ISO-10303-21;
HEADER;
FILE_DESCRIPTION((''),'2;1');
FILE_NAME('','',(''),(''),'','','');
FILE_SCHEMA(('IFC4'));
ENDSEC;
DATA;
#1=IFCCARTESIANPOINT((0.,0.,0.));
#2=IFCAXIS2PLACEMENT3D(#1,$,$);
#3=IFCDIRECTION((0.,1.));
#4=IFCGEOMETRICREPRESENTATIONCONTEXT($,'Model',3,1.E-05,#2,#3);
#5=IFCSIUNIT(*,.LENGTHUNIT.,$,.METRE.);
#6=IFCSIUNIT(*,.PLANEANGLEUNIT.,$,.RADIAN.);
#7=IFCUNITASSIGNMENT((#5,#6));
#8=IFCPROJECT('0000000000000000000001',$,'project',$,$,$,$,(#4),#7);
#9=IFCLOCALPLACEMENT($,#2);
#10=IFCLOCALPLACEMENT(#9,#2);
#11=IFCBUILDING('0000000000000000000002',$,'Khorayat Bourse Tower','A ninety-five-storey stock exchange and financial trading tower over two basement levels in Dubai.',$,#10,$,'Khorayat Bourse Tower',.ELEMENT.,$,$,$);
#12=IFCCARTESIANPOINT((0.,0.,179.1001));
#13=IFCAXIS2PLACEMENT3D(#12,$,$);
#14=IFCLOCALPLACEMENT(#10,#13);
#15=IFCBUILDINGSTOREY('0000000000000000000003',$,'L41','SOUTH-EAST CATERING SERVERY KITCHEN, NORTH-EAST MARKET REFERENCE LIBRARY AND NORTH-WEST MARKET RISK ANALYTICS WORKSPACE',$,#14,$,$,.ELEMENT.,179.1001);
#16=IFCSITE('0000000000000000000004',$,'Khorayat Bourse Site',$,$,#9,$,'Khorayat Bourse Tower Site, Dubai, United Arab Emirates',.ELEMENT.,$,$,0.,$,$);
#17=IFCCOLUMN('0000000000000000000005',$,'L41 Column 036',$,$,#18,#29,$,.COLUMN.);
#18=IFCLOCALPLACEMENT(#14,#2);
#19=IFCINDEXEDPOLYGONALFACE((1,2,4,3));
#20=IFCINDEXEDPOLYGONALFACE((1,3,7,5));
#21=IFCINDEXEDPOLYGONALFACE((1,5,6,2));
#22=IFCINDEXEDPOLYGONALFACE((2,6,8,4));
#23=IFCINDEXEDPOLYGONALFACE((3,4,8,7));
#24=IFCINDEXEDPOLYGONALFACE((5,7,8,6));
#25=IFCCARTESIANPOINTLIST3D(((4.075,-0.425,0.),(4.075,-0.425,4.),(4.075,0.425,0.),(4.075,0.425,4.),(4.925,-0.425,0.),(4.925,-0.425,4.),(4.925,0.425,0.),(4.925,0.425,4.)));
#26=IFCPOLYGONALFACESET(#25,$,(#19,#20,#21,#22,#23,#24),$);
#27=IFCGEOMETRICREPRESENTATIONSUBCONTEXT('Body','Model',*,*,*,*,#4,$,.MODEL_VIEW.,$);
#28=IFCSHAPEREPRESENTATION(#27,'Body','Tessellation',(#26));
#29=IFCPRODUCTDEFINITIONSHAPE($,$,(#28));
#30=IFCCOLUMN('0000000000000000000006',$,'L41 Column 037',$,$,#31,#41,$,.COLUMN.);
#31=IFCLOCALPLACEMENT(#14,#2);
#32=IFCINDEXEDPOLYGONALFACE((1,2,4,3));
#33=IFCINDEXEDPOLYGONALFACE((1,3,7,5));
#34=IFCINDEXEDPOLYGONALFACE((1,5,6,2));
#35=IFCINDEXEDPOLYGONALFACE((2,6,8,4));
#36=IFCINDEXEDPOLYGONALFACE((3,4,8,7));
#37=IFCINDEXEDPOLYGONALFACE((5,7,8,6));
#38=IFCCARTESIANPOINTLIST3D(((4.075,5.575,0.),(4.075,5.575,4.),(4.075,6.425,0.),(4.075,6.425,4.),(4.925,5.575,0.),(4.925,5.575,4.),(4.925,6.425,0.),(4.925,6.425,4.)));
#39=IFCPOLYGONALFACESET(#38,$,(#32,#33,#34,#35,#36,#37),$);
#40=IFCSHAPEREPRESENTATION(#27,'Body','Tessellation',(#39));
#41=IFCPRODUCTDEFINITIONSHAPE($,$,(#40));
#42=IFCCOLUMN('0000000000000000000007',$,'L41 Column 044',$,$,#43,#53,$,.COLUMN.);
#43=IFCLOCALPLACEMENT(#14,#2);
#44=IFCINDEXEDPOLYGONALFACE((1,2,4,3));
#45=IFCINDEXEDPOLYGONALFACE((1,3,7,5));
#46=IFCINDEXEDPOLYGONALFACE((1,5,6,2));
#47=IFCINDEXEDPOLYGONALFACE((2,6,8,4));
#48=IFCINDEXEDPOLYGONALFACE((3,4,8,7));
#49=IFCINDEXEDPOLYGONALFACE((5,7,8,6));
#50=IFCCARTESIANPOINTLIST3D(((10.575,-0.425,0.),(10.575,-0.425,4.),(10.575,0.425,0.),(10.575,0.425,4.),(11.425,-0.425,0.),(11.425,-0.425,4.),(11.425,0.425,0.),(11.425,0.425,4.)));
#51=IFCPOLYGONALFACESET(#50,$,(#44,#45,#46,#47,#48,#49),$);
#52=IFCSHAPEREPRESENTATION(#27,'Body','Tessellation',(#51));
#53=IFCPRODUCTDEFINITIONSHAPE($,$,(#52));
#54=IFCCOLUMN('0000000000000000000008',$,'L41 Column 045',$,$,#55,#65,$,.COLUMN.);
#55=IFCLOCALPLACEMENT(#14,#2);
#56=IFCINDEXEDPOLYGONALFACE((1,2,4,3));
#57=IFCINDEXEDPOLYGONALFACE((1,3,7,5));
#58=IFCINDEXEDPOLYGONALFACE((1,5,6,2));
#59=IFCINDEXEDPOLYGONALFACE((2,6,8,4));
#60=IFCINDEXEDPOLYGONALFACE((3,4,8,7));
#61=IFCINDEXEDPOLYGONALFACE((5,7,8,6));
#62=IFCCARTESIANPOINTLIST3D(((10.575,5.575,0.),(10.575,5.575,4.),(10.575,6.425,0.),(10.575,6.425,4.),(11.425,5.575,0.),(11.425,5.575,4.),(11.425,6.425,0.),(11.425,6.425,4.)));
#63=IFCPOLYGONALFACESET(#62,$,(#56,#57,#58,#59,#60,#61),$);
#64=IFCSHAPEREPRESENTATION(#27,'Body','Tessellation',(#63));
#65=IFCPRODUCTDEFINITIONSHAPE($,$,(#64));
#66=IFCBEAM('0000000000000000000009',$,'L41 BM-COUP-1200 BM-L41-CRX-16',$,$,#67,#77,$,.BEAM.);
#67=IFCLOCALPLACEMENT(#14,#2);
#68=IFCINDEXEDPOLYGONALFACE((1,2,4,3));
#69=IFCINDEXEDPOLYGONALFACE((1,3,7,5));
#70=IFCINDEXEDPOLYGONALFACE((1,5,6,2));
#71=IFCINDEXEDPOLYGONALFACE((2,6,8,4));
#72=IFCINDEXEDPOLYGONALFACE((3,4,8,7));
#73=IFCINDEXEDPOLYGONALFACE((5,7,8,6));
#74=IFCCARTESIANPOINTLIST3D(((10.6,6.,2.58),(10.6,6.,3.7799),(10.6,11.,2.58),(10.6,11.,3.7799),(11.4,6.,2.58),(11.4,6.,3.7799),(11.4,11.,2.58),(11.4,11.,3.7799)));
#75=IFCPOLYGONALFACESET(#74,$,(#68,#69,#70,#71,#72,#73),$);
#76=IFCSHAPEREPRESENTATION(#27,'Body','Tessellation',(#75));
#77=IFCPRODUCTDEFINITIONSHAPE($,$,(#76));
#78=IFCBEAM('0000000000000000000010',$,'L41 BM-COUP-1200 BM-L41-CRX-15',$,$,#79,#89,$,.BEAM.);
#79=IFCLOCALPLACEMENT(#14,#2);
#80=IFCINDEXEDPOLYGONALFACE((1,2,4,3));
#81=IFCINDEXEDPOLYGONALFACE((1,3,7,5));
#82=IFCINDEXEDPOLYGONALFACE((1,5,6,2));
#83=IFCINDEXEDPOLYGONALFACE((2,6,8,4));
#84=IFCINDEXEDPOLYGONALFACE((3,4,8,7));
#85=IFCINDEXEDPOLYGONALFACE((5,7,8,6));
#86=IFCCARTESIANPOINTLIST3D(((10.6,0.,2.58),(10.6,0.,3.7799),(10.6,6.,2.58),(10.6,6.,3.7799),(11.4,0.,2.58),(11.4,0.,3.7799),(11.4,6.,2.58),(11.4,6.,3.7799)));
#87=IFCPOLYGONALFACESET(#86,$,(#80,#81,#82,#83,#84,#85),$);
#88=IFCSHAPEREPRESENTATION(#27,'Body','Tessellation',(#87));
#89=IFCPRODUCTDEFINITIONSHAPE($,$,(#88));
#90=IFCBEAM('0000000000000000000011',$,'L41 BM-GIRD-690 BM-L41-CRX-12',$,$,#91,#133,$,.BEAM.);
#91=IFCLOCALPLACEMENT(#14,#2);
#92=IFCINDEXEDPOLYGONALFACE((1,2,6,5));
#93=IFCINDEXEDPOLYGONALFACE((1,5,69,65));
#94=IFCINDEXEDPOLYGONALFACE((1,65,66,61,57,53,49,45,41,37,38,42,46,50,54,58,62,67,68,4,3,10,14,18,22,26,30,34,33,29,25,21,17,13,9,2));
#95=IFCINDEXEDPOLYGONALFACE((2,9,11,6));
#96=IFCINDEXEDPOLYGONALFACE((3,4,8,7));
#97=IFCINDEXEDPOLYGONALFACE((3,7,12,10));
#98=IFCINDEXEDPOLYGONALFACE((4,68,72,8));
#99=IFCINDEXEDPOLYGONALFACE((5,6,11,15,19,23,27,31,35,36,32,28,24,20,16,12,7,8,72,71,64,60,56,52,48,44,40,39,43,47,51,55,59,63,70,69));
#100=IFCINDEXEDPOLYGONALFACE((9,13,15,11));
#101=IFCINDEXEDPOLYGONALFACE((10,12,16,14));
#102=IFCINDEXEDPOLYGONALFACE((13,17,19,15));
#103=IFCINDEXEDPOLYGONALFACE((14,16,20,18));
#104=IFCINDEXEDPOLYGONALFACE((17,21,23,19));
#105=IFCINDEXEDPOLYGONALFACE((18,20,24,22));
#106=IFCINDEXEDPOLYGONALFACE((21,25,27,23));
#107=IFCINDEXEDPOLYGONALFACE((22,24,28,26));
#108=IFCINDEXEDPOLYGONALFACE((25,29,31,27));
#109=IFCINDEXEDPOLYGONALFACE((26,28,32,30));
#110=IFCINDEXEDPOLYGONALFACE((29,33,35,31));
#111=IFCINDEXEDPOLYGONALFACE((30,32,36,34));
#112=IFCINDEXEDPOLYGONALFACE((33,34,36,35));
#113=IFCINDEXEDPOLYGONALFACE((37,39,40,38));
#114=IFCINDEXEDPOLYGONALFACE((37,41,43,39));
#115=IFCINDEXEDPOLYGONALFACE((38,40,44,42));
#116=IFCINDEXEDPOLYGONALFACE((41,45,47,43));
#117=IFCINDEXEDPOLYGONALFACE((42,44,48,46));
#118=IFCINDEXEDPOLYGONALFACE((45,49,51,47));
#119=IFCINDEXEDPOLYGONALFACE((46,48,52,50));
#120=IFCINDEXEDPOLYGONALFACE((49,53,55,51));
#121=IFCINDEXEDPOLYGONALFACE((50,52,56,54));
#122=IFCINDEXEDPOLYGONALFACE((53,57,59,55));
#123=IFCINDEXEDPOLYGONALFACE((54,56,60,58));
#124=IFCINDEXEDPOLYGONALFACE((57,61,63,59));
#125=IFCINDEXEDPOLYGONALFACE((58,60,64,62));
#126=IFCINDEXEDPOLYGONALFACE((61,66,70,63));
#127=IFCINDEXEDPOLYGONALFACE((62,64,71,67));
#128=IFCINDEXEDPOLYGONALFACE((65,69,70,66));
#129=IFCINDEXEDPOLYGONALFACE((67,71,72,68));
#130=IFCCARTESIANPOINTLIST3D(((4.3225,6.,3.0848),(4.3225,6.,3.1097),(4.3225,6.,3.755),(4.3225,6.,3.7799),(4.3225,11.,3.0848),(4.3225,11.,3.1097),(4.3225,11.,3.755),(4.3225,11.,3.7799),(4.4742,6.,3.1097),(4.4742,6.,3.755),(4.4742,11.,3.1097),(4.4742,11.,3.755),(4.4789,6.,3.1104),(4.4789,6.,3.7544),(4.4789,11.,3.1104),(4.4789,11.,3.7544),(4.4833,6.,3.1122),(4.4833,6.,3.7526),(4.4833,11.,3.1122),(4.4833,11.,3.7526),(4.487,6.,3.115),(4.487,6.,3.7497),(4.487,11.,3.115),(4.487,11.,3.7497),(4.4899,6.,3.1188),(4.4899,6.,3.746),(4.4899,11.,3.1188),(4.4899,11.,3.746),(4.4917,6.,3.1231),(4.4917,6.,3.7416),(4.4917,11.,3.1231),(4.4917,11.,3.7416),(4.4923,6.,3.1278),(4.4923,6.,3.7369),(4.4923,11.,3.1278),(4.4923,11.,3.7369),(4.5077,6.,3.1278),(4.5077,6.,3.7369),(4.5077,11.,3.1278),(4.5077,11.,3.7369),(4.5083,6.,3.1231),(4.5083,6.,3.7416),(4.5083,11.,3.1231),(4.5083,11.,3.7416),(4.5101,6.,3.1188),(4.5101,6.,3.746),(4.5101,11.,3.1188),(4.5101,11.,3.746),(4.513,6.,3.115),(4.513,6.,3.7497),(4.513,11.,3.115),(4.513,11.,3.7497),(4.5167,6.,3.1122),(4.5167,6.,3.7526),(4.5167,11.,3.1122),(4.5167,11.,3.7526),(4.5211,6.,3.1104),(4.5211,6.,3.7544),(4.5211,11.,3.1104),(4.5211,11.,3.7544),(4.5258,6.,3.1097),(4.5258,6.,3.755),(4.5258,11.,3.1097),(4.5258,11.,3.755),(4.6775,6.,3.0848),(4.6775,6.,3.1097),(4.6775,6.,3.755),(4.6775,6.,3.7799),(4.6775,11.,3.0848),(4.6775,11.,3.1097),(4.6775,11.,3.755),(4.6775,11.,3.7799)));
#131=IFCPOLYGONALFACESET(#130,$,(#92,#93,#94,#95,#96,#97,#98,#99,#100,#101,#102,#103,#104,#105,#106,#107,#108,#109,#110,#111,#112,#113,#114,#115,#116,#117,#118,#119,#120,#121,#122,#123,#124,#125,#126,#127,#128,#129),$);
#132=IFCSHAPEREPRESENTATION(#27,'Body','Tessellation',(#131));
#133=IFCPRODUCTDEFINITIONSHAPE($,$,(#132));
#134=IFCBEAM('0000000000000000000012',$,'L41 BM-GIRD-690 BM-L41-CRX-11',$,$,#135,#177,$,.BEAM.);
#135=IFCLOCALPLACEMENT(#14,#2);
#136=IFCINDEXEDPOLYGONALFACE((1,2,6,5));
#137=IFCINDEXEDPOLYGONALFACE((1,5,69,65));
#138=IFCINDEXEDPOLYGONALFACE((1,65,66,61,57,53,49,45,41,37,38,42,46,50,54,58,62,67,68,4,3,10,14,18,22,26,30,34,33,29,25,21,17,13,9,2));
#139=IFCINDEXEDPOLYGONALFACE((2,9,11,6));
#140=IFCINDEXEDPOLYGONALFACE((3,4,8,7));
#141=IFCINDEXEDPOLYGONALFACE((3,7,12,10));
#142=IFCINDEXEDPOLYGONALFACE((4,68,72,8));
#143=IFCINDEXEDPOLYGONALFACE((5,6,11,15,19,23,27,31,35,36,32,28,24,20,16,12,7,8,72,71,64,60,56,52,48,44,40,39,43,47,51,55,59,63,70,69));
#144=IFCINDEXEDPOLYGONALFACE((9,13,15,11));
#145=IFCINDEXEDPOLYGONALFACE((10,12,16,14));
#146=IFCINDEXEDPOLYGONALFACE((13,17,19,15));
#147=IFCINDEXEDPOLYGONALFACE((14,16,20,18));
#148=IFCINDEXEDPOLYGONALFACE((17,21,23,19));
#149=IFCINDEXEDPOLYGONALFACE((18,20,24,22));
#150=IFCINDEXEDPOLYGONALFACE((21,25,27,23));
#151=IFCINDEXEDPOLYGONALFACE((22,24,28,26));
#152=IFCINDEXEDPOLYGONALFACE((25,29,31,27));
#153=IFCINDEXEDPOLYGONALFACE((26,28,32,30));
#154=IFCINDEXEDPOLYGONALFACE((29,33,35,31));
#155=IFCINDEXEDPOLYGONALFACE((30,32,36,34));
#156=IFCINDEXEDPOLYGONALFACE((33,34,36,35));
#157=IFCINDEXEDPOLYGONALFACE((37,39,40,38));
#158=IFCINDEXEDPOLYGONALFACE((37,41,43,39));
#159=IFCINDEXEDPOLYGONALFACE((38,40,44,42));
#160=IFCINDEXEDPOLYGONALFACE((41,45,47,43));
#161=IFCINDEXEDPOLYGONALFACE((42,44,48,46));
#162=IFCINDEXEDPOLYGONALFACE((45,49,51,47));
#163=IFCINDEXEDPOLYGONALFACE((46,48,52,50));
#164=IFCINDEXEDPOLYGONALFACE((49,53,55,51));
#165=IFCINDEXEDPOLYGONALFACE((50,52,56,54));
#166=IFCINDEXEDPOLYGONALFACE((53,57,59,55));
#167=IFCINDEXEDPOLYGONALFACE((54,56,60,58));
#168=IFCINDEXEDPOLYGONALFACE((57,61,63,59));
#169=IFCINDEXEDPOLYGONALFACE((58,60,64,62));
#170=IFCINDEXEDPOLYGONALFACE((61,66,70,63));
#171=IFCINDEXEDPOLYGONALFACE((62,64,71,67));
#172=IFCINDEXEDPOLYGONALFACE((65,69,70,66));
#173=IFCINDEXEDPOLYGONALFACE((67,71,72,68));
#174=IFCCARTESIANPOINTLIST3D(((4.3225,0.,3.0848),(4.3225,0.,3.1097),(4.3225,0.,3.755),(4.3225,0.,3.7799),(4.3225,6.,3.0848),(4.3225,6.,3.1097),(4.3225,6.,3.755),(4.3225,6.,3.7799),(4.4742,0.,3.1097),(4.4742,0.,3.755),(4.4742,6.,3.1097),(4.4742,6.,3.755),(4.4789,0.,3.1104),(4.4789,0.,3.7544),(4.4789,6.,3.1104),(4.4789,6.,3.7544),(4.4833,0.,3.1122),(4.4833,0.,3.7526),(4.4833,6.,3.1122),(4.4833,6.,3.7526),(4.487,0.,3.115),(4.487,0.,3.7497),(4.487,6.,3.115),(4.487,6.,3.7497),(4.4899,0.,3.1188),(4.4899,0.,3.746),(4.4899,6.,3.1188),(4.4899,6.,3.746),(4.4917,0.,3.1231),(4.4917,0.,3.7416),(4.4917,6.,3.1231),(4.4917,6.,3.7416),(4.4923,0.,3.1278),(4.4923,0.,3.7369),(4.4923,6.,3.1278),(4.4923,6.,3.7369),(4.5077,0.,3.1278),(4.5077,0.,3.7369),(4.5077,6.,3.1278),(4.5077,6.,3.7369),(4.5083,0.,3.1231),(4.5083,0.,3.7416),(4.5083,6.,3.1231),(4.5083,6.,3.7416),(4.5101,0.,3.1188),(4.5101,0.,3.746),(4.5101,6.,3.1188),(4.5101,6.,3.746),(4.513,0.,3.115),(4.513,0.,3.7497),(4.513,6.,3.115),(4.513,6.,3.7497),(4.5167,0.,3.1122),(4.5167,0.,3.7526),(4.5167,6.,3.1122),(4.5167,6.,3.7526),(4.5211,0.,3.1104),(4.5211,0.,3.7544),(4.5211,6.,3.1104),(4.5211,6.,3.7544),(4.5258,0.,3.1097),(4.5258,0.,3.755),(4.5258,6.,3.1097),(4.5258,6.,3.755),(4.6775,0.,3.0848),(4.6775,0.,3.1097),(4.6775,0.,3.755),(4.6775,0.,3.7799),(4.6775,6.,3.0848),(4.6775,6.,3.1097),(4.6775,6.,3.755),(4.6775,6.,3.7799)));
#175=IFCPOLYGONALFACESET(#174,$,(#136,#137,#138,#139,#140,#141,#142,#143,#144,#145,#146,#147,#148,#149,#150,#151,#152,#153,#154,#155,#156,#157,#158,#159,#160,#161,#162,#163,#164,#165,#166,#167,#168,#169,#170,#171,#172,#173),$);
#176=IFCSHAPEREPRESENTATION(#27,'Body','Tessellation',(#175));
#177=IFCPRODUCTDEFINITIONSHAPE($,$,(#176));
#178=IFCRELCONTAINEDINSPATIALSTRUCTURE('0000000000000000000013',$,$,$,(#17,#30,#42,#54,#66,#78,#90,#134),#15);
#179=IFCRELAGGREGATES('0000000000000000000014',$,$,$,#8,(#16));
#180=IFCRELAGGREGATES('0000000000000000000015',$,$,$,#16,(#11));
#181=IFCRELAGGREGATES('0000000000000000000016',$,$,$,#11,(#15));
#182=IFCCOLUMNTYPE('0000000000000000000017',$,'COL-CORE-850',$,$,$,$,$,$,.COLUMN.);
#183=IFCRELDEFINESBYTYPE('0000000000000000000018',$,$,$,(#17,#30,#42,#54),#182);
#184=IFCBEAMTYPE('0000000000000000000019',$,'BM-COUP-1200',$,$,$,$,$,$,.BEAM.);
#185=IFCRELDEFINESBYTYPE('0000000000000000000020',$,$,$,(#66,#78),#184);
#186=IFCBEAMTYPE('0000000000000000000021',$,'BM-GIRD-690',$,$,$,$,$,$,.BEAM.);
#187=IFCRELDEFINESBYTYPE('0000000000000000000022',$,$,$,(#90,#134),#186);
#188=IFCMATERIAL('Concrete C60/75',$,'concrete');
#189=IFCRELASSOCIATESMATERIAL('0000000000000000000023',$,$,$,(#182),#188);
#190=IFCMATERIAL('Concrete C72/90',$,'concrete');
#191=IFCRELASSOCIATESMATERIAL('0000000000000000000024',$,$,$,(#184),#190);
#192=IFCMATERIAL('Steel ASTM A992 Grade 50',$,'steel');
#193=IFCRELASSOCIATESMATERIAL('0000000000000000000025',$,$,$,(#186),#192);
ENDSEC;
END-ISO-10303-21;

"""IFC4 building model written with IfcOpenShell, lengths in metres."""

from ifc_helpers import new_model, si_unit, direction, frame, origin, origin_2d, place, context, subcontext, project, spatial, rectangle, i_section, extrude, source, transform, mapped, material, material_profile, profile_set, type_object, element, save


model = new_model("IFC4")

# Units and contexts
model_context = context("Model", 3, precision=1e-05, world=origin(), true_north=direction((0.0, 1.0)))
body_context = subcontext(model_context, "Body", "Model", "MODEL_VIEW")
ifc_project = project(units=[si_unit("LENGTHUNIT", "METRE"), si_unit("PLANEANGLEUNIT", "RADIAN")], contexts=[model_context])

# Site, building, storey
site_placement = place(None, origin())
site = spatial("IfcSite", under=ifc_project, at=site_placement, Name="Khorayat Bourse Site", LongName="Khorayat Bourse Tower Site, Dubai, United Arab Emirates", CompositionType="ELEMENT", RefElevation=0.0)
building_placement = place(site_placement, origin())
building = spatial("IfcBuilding", under=site, at=building_placement, Name="Khorayat Bourse Tower", Description="A ninety-five-storey stock exchange and financial trading tower over two basement levels in Dubai.", LongName="Khorayat Bourse Tower", CompositionType="ELEMENT")
storey_placement = place(building_placement, frame((0.0, 0.0, 179.1001)))
storey = spatial("IfcBuildingStorey", under=building, at=storey_placement, Name="L41", Description="SOUTH-EAST CATERING SERVERY KITCHEN, NORTH-EAST MARKET REFERENCE LIBRARY AND NORTH-WEST MARKET RISK ANALYTICS WORKSPACE", CompositionType="ELEMENT", Elevation=179.1001)

# Columns
ifc_material_1 = material(Name="Concrete C60/75", Category="concrete")
ifc_material_profile_1 = material_profile(ifc_material_1, rectangle(XDim=0.8501, YDim=0.8501, at=origin_2d()), Name="RC 850x850")
ifc_profile_set_1 = profile_set([ifc_material_profile_1], Name="Concrete C60/75")
column_type = type_object("IfcColumnType", Name="COL-CORE-850", PredefinedType="COLUMN", material=ifc_profile_set_1)
shared_shape_1 = source(origin(), body_context, "Body", "SweptSolid", [
    extrude(rectangle(XDim=0.8501, YDim=0.8501, at=origin_2d()), origin(), (0.0, 0.0, 1.0), 4.0),
])
for number, where, z_axis, x_axis, name in (
    (1, (4.5, 0.0, 0.0), (0.0, 0.0, 1.0), (1.0, 0.0, 0.0), "L41 Column 036"),
    (2, (4.5, 6.0, 0.0), (0.0, 0.0, 1.0), (1.0, 0.0, 0.0), "L41 Column 037"),
    (3, (11.0, 0.0, 0.0), (0.0, 0.0, 1.0), (1.0, 0.0, 0.0), "L41 Column 044"),
    (4, (11.0, 6.0, 0.0), (0.0, 0.0, 1.0), (1.0, 0.0, 0.0), "L41 Column 045"),
):
    element("IfcColumn", number, at=place(storey_placement, frame(where, z_axis=z_axis, x_axis=x_axis)), inside=storey, type_object=column_type, Name=name, PredefinedType="COLUMN", context=body_context, shape_type="MappedRepresentation", body=[
        mapped(shared_shape_1, transform((0.0, 0.0, 0.0), scale=1.0)),
    ])

# Beams
ifc_material_2 = material(Name="Concrete C72/90", Category="concrete")
ifc_material_profile_2 = material_profile(ifc_material_2, rectangle(XDim=0.8, YDim=1.2, at=origin_2d()), Name="RC 800x1200")
ifc_profile_set_2 = profile_set([ifc_material_profile_2], Name="Concrete C72/90")
beam_type_1 = type_object("IfcBeamType", Name="BM-COUP-1200", PredefinedType="BEAM", material=ifc_profile_set_2)
shared_shape_2 = source(origin(), body_context, "Body", "SweptSolid", [
    extrude(rectangle(XDim=0.8, YDim=1.2, at=origin_2d()), origin(), (0.0, 0.0, 1.0), 5.0),
])
beam_1_placement = place(storey_placement, frame((11.0, 6.0, 3.1799), z_axis=(0.0, 1.0, 0.0), x_axis=(-1.0, 0.0, 0.0)))
element("IfcBeam", 5, at=beam_1_placement, inside=storey, type_object=beam_type_1, Name="L41 BM-COUP-1200 BM-L41-CRX-16", PredefinedType="BEAM", context=body_context, shape_type="MappedRepresentation", body=[
    mapped(shared_shape_2, transform((0.0, 0.0, 0.0), scale=1.0)),
])
shared_shape_3 = source(origin(), body_context, "Body", "SweptSolid", [
    extrude(rectangle(XDim=0.8, YDim=1.2, at=origin_2d()), origin(), (0.0, 0.0, 1.0), 6.0),
])
beam_2_placement = place(storey_placement, frame((11.0, 0.0, 3.1799), z_axis=(0.0, 1.0, 0.0), x_axis=(-1.0, 0.0, 0.0)))
element("IfcBeam", 6, at=beam_2_placement, inside=storey, type_object=beam_type_1, Name="L41 BM-COUP-1200 BM-L41-CRX-15", PredefinedType="BEAM", context=body_context, shape_type="MappedRepresentation", body=[
    mapped(shared_shape_3, transform((0.0, 0.0, 0.0), scale=1.0)),
])
ifc_material_3 = material(Name="Steel ASTM A992 Grade 50", Category="steel")
ifc_material_profile_3 = material_profile(ifc_material_3, i_section(OverallWidth=0.355, OverallDepth=0.6951, WebThickness=0.0154, FlangeThickness=0.0249, FilletRadius=0.0181, at=origin_2d()), Name="W690X217")
ifc_profile_set_3 = profile_set([ifc_material_profile_3], Name="Steel ASTM A992 Grade 50")
beam_type_2 = type_object("IfcBeamType", Name="BM-GIRD-690", PredefinedType="BEAM", material=ifc_profile_set_3)
shared_shape_4 = source(origin(), body_context, "Body", "SweptSolid", [
    extrude(i_section(OverallWidth=0.355, OverallDepth=0.6951, WebThickness=0.0154, FlangeThickness=0.0249, FilletRadius=0.0181, at=origin_2d()), origin(), (0.0, 0.0, 1.0), 5.0),
])
beam_3_placement = place(storey_placement, frame((4.5, 6.0, 3.4324), z_axis=(0.0, 1.0, 0.0), x_axis=(-1.0, 0.0, 0.0)))
element("IfcBeam", 7, at=beam_3_placement, inside=storey, type_object=beam_type_2, Name="L41 BM-GIRD-690 BM-L41-CRX-12", PredefinedType="BEAM", context=body_context, shape_type="MappedRepresentation", body=[
    mapped(shared_shape_4, transform((0.0, 0.0, 0.0), scale=1.0)),
])
shared_shape_5 = source(origin(), body_context, "Body", "SweptSolid", [
    extrude(i_section(OverallWidth=0.355, OverallDepth=0.6951, WebThickness=0.0154, FlangeThickness=0.0249, FilletRadius=0.0181, at=origin_2d()), origin(), (0.0, 0.0, 1.0), 6.0),
])
beam_4_placement = place(storey_placement, frame((4.5, 0.0, 3.4324), z_axis=(0.0, 1.0, 0.0), x_axis=(-1.0, 0.0, 0.0)))
element("IfcBeam", 8, at=beam_4_placement, inside=storey, type_object=beam_type_2, Name="L41 BM-GIRD-690 BM-L41-CRX-11", PredefinedType="BEAM", context=body_context, shape_type="MappedRepresentation", body=[
    mapped(shared_shape_5, transform((0.0, 0.0, 0.0), scale=1.0)),
])

save(model, "model.ifc")
